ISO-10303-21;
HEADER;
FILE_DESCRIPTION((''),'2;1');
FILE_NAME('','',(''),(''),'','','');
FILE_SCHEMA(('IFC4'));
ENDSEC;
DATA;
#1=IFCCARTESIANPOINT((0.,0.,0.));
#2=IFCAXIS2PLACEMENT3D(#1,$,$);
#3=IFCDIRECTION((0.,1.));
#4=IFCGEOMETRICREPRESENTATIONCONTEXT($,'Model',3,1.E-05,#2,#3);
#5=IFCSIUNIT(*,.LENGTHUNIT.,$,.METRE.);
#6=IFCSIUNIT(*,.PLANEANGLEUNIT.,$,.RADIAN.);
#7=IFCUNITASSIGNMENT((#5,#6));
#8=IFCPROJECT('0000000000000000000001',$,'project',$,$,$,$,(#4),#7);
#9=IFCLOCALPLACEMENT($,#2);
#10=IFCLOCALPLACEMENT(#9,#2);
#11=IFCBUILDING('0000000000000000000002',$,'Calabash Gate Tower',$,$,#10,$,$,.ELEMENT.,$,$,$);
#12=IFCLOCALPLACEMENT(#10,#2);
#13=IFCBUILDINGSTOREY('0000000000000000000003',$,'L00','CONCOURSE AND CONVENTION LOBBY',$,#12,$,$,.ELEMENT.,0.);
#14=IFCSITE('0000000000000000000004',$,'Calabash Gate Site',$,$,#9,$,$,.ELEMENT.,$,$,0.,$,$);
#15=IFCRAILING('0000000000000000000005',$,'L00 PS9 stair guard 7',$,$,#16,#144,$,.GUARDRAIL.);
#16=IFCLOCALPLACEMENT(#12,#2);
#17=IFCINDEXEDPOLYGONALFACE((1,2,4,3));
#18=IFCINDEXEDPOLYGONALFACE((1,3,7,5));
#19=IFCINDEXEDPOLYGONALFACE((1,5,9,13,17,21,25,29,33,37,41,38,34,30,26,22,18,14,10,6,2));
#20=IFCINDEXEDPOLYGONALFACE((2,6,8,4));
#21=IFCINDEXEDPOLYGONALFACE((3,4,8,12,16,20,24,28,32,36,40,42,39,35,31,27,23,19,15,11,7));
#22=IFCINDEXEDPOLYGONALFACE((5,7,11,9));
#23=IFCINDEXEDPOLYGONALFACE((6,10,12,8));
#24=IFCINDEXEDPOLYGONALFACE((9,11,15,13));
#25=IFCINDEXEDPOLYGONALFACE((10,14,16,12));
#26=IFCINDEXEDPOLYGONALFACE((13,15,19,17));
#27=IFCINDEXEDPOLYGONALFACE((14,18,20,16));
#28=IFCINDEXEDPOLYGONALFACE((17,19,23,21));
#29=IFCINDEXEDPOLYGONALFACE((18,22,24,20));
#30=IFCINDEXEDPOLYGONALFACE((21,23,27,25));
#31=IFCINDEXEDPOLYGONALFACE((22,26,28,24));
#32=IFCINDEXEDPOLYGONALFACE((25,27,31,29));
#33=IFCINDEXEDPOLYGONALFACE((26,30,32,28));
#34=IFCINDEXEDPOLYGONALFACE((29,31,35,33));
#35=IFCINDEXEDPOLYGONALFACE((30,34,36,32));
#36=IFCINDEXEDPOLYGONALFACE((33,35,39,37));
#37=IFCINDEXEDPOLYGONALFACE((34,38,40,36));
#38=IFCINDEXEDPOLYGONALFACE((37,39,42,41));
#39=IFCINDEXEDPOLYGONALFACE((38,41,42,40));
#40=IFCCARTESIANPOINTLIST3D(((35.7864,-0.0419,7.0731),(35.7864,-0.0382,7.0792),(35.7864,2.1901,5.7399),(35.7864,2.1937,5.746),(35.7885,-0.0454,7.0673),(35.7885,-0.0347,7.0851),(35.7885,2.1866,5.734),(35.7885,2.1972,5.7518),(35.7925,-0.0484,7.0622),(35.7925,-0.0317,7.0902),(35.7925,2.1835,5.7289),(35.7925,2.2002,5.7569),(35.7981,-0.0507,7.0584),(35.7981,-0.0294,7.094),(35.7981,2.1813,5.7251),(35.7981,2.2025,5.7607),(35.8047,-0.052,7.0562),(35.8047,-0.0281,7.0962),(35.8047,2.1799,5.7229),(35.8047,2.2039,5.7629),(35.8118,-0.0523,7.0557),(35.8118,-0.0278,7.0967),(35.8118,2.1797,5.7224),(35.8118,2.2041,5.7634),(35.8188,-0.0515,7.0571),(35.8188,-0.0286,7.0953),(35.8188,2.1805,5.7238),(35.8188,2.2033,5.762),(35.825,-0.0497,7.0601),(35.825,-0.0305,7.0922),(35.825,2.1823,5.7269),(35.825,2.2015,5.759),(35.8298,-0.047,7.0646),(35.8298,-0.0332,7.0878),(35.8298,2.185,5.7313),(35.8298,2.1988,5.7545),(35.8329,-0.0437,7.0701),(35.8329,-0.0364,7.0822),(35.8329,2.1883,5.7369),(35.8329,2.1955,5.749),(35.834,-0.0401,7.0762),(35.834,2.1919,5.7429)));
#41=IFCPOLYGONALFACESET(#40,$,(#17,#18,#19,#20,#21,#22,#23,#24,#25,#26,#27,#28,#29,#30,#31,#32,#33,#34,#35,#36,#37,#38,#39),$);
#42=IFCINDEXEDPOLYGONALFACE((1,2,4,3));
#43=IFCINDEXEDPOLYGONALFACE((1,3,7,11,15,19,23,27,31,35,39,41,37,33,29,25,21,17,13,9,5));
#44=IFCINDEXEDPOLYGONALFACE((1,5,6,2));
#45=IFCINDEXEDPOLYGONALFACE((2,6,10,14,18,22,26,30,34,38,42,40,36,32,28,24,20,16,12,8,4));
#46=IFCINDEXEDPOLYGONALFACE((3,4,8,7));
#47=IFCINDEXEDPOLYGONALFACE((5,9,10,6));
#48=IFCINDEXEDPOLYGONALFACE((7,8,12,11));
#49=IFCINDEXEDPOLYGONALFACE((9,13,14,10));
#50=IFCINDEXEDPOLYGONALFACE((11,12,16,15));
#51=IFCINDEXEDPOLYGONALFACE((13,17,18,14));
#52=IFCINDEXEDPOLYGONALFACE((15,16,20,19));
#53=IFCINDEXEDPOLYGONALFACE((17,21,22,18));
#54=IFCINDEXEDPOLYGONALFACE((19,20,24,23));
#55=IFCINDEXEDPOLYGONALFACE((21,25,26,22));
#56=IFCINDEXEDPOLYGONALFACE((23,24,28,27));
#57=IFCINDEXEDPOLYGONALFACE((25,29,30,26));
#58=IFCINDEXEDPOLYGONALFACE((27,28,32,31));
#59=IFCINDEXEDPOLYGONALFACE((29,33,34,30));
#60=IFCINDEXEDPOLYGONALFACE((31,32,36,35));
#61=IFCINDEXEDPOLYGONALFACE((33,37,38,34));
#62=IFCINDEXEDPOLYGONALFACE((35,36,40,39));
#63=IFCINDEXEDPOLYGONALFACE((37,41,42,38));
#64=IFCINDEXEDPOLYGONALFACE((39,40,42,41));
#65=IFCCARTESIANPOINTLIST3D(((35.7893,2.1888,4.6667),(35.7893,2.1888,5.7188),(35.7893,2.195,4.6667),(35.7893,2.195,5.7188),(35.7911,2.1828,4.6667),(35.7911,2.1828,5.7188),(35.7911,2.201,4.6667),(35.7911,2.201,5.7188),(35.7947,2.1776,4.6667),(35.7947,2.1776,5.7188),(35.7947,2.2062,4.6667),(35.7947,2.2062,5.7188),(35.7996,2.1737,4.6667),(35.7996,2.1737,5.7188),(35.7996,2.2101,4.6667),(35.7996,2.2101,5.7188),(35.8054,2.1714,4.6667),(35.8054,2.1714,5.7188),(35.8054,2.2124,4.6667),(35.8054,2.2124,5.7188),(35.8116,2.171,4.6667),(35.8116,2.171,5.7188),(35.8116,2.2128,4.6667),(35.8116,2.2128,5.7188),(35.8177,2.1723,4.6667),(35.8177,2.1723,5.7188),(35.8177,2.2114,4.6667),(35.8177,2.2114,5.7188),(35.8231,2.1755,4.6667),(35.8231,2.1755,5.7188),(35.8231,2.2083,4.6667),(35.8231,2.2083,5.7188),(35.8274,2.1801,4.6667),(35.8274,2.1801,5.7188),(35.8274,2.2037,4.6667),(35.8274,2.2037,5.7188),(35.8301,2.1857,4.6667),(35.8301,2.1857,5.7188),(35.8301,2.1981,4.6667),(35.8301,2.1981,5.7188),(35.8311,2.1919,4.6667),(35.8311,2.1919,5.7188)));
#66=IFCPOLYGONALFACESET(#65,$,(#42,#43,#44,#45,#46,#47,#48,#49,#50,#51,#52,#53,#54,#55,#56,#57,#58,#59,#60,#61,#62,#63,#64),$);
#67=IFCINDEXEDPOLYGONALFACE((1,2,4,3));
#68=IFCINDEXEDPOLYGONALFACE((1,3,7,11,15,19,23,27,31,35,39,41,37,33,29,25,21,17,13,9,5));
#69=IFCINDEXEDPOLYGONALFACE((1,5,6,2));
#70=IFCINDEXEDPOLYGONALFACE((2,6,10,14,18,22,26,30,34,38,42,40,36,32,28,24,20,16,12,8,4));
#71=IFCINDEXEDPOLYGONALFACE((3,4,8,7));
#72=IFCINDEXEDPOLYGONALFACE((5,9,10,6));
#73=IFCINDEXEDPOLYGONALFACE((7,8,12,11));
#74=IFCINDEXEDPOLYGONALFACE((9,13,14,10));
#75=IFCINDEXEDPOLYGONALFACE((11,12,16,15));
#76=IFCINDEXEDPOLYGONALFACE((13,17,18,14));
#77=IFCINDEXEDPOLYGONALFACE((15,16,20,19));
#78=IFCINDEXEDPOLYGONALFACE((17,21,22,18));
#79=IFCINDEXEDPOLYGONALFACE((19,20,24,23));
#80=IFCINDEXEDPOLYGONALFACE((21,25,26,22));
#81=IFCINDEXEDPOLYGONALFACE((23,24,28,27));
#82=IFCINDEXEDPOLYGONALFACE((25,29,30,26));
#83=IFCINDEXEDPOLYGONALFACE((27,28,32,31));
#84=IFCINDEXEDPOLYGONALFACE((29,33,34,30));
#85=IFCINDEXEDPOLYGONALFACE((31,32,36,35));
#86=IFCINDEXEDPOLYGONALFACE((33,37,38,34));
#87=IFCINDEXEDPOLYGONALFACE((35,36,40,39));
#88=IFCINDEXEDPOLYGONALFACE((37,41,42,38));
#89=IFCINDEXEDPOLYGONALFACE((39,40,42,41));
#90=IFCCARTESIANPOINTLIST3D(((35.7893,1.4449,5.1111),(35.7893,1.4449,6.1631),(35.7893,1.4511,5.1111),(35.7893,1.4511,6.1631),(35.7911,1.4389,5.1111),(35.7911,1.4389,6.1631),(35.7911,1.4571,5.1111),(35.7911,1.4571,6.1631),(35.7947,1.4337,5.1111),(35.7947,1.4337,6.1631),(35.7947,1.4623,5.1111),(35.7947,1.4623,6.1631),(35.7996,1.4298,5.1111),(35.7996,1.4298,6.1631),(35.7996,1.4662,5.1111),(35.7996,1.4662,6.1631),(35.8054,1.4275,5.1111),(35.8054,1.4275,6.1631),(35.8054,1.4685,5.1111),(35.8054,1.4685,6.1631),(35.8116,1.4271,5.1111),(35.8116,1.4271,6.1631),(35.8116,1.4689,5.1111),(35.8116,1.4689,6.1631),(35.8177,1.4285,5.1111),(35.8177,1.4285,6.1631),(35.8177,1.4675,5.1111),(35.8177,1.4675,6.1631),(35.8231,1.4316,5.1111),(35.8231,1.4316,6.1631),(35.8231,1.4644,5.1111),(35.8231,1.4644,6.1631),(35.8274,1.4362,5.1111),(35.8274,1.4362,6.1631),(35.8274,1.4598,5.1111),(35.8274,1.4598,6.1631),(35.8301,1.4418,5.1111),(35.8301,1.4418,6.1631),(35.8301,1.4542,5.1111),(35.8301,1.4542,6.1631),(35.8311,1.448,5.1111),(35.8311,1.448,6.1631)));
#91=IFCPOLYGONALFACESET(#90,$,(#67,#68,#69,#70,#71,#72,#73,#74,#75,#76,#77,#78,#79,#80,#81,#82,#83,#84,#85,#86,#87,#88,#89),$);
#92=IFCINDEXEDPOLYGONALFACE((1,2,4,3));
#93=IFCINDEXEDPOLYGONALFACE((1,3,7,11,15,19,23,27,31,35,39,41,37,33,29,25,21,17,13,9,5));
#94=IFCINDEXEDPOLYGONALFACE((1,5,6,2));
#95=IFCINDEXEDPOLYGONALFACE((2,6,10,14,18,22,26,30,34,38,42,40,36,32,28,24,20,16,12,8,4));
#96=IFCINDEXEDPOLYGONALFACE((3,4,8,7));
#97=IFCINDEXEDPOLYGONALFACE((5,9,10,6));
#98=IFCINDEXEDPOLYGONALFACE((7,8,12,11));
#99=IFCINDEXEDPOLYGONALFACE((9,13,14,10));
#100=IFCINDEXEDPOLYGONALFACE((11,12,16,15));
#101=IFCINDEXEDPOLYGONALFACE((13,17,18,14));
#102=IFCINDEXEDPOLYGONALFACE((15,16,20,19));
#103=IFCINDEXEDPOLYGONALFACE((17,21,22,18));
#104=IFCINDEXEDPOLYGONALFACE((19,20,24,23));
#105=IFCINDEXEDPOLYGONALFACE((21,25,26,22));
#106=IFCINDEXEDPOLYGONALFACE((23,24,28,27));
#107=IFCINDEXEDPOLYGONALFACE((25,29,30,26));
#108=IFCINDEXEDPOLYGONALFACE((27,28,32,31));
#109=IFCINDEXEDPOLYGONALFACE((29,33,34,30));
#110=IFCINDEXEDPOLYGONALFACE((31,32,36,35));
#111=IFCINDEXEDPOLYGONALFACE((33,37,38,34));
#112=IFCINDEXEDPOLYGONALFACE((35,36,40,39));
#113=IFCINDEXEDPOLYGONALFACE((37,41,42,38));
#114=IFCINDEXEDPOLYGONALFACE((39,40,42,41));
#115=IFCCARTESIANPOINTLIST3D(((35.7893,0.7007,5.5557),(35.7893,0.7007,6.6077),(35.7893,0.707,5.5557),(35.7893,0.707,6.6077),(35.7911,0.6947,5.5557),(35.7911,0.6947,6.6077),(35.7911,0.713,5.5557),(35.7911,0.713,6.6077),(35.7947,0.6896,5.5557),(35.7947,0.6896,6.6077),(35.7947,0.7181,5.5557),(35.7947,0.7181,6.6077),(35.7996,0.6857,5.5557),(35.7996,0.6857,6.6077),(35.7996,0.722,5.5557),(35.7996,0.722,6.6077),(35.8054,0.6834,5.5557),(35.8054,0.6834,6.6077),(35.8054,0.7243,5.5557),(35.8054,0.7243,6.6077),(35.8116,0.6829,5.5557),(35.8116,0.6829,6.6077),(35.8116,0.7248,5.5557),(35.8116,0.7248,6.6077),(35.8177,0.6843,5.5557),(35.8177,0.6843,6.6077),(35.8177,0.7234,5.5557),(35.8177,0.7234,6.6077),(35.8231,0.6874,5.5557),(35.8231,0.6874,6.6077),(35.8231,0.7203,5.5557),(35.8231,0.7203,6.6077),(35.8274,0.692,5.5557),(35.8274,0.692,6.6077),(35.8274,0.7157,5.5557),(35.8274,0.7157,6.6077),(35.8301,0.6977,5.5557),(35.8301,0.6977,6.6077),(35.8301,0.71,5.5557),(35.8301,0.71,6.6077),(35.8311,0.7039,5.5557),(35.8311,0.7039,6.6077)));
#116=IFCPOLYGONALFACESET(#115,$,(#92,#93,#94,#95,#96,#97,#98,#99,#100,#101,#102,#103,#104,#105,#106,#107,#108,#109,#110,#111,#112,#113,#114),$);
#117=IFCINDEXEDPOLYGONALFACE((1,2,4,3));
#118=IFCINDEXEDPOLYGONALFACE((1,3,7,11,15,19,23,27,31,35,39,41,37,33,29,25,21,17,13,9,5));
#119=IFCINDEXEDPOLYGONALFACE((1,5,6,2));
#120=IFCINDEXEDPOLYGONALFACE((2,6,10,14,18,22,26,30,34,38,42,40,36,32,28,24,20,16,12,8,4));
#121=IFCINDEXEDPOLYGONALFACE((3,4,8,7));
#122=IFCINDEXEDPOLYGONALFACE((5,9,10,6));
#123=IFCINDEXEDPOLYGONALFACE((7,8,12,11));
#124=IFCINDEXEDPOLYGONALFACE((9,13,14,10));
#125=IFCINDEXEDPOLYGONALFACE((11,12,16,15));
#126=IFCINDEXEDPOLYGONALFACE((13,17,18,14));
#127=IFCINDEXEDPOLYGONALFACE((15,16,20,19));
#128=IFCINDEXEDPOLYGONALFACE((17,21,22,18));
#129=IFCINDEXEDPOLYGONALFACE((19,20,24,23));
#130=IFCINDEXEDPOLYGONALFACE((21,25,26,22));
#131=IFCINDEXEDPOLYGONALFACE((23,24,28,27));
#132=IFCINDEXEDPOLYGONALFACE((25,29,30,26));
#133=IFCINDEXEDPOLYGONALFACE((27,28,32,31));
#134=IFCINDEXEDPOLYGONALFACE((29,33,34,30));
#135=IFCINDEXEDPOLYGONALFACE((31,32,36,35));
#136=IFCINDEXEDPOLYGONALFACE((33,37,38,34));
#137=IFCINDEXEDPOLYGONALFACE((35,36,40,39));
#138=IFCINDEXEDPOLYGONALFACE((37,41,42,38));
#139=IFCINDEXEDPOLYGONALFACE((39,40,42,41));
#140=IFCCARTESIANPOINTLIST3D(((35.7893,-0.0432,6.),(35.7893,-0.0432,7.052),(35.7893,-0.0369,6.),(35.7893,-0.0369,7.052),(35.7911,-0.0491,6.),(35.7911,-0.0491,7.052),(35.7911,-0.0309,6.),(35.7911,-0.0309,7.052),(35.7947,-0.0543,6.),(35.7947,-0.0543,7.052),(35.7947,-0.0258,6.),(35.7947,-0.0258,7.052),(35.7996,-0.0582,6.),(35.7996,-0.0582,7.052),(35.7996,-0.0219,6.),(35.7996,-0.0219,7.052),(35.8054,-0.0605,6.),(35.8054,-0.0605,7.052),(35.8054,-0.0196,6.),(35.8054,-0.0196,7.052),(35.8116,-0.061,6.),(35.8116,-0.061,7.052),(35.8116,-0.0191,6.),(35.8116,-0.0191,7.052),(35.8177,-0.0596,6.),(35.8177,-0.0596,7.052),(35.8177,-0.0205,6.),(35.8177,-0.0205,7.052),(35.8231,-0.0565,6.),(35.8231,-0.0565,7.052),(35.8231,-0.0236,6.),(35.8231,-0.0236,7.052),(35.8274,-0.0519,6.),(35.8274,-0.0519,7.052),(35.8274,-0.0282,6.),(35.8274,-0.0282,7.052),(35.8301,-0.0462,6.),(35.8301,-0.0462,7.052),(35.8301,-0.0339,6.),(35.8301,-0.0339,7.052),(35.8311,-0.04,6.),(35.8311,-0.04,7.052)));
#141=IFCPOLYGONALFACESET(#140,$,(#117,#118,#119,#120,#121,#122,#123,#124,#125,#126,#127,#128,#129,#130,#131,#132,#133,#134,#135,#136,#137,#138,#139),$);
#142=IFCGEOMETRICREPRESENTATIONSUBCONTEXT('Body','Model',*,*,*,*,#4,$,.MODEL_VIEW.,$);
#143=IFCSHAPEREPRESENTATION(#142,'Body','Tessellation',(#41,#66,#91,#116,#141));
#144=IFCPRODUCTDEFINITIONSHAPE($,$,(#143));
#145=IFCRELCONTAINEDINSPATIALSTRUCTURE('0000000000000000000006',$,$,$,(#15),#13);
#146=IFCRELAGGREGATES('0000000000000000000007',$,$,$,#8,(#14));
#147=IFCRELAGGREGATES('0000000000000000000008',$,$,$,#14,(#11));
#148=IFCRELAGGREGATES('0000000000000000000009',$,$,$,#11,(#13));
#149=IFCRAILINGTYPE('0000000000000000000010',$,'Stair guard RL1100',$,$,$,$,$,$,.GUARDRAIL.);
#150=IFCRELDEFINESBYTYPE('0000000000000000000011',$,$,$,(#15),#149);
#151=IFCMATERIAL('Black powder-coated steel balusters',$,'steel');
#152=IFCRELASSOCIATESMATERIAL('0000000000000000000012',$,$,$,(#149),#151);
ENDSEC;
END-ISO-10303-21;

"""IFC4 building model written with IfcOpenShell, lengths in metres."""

from ifc_helpers import new_model, si_unit, direction, frame, origin, origin_2d, place, context, subcontext, project, spatial, circle, extrude, material, type_object, element, save


model = new_model("IFC4")

# Units and contexts
model_context = context("Model", 3, precision=1e-05, world=origin(), true_north=direction((0.0, 1.0)))
body_context = subcontext(model_context, "Body", "Model", "MODEL_VIEW")
ifc_project = project(units=[si_unit("LENGTHUNIT", "METRE"), si_unit("PLANEANGLEUNIT", "RADIAN")], contexts=[model_context])

# Site, building, storey
site_placement = place(None, origin())
site = spatial("IfcSite", under=ifc_project, at=site_placement, Name="Calabash Gate Site", CompositionType="ELEMENT", RefElevation=0.0)
building_placement = place(site_placement, origin())
building = spatial("IfcBuilding", under=site, at=building_placement, Name="Calabash Gate Tower", CompositionType="ELEMENT")
storey_placement = place(building_placement, origin())
storey = spatial("IfcBuildingStorey", under=building, at=storey_placement, Name="L00", Description="CONCOURSE AND CONVENTION LOBBY", CompositionType="ELEMENT", Elevation=0.0)

# Railing
ifc_material_1 = material(Name="Black powder-coated steel balusters", Category="steel")
railing_type_1 = type_object("IfcRailingType", Name="Stair guard RL1100", PredefinedType="GUARDRAIL", material=ifc_material_1)
railing_1_placement = place(storey_placement, frame((35.8101, 2.1919, 4.6667)))
element("IfcRailing", 1, at=railing_1_placement, inside=storey, type_object=railing_type_1, Name="L00 PS9 stair guard 7", PredefinedType="GUARDRAIL", context=body_context, shape_type="SweptSolid", body=[
    extrude(circle(Radius=0.0239, at=origin_2d()), frame((0.0, 0.0, 1.0762), z_axis=(0.0, -0.858494, 0.512824), x_axis=(1.0, 0.0, 0.0)), (0.0, 0.0, 1.0), 2.5999),
    extrude(circle(Radius=0.021, at=origin_2d()), origin(), (0.0, 0.0, 1.0), 1.052),
    extrude(circle(Radius=0.021, at=origin_2d()), frame((0.0, -0.7439, 0.4443)), (0.0, 0.0, 1.0), 1.052),
    extrude(circle(Radius=0.021, at=origin_2d()), frame((0.0, -1.488, 0.8889)), (0.0, 0.0, 1.0), 1.052),
    extrude(circle(Radius=0.021, at=origin_2d()), frame((0.0, -2.2319, 1.3333)), (0.0, 0.0, 1.0), 1.052),
])

save(model, "model.ifc")
